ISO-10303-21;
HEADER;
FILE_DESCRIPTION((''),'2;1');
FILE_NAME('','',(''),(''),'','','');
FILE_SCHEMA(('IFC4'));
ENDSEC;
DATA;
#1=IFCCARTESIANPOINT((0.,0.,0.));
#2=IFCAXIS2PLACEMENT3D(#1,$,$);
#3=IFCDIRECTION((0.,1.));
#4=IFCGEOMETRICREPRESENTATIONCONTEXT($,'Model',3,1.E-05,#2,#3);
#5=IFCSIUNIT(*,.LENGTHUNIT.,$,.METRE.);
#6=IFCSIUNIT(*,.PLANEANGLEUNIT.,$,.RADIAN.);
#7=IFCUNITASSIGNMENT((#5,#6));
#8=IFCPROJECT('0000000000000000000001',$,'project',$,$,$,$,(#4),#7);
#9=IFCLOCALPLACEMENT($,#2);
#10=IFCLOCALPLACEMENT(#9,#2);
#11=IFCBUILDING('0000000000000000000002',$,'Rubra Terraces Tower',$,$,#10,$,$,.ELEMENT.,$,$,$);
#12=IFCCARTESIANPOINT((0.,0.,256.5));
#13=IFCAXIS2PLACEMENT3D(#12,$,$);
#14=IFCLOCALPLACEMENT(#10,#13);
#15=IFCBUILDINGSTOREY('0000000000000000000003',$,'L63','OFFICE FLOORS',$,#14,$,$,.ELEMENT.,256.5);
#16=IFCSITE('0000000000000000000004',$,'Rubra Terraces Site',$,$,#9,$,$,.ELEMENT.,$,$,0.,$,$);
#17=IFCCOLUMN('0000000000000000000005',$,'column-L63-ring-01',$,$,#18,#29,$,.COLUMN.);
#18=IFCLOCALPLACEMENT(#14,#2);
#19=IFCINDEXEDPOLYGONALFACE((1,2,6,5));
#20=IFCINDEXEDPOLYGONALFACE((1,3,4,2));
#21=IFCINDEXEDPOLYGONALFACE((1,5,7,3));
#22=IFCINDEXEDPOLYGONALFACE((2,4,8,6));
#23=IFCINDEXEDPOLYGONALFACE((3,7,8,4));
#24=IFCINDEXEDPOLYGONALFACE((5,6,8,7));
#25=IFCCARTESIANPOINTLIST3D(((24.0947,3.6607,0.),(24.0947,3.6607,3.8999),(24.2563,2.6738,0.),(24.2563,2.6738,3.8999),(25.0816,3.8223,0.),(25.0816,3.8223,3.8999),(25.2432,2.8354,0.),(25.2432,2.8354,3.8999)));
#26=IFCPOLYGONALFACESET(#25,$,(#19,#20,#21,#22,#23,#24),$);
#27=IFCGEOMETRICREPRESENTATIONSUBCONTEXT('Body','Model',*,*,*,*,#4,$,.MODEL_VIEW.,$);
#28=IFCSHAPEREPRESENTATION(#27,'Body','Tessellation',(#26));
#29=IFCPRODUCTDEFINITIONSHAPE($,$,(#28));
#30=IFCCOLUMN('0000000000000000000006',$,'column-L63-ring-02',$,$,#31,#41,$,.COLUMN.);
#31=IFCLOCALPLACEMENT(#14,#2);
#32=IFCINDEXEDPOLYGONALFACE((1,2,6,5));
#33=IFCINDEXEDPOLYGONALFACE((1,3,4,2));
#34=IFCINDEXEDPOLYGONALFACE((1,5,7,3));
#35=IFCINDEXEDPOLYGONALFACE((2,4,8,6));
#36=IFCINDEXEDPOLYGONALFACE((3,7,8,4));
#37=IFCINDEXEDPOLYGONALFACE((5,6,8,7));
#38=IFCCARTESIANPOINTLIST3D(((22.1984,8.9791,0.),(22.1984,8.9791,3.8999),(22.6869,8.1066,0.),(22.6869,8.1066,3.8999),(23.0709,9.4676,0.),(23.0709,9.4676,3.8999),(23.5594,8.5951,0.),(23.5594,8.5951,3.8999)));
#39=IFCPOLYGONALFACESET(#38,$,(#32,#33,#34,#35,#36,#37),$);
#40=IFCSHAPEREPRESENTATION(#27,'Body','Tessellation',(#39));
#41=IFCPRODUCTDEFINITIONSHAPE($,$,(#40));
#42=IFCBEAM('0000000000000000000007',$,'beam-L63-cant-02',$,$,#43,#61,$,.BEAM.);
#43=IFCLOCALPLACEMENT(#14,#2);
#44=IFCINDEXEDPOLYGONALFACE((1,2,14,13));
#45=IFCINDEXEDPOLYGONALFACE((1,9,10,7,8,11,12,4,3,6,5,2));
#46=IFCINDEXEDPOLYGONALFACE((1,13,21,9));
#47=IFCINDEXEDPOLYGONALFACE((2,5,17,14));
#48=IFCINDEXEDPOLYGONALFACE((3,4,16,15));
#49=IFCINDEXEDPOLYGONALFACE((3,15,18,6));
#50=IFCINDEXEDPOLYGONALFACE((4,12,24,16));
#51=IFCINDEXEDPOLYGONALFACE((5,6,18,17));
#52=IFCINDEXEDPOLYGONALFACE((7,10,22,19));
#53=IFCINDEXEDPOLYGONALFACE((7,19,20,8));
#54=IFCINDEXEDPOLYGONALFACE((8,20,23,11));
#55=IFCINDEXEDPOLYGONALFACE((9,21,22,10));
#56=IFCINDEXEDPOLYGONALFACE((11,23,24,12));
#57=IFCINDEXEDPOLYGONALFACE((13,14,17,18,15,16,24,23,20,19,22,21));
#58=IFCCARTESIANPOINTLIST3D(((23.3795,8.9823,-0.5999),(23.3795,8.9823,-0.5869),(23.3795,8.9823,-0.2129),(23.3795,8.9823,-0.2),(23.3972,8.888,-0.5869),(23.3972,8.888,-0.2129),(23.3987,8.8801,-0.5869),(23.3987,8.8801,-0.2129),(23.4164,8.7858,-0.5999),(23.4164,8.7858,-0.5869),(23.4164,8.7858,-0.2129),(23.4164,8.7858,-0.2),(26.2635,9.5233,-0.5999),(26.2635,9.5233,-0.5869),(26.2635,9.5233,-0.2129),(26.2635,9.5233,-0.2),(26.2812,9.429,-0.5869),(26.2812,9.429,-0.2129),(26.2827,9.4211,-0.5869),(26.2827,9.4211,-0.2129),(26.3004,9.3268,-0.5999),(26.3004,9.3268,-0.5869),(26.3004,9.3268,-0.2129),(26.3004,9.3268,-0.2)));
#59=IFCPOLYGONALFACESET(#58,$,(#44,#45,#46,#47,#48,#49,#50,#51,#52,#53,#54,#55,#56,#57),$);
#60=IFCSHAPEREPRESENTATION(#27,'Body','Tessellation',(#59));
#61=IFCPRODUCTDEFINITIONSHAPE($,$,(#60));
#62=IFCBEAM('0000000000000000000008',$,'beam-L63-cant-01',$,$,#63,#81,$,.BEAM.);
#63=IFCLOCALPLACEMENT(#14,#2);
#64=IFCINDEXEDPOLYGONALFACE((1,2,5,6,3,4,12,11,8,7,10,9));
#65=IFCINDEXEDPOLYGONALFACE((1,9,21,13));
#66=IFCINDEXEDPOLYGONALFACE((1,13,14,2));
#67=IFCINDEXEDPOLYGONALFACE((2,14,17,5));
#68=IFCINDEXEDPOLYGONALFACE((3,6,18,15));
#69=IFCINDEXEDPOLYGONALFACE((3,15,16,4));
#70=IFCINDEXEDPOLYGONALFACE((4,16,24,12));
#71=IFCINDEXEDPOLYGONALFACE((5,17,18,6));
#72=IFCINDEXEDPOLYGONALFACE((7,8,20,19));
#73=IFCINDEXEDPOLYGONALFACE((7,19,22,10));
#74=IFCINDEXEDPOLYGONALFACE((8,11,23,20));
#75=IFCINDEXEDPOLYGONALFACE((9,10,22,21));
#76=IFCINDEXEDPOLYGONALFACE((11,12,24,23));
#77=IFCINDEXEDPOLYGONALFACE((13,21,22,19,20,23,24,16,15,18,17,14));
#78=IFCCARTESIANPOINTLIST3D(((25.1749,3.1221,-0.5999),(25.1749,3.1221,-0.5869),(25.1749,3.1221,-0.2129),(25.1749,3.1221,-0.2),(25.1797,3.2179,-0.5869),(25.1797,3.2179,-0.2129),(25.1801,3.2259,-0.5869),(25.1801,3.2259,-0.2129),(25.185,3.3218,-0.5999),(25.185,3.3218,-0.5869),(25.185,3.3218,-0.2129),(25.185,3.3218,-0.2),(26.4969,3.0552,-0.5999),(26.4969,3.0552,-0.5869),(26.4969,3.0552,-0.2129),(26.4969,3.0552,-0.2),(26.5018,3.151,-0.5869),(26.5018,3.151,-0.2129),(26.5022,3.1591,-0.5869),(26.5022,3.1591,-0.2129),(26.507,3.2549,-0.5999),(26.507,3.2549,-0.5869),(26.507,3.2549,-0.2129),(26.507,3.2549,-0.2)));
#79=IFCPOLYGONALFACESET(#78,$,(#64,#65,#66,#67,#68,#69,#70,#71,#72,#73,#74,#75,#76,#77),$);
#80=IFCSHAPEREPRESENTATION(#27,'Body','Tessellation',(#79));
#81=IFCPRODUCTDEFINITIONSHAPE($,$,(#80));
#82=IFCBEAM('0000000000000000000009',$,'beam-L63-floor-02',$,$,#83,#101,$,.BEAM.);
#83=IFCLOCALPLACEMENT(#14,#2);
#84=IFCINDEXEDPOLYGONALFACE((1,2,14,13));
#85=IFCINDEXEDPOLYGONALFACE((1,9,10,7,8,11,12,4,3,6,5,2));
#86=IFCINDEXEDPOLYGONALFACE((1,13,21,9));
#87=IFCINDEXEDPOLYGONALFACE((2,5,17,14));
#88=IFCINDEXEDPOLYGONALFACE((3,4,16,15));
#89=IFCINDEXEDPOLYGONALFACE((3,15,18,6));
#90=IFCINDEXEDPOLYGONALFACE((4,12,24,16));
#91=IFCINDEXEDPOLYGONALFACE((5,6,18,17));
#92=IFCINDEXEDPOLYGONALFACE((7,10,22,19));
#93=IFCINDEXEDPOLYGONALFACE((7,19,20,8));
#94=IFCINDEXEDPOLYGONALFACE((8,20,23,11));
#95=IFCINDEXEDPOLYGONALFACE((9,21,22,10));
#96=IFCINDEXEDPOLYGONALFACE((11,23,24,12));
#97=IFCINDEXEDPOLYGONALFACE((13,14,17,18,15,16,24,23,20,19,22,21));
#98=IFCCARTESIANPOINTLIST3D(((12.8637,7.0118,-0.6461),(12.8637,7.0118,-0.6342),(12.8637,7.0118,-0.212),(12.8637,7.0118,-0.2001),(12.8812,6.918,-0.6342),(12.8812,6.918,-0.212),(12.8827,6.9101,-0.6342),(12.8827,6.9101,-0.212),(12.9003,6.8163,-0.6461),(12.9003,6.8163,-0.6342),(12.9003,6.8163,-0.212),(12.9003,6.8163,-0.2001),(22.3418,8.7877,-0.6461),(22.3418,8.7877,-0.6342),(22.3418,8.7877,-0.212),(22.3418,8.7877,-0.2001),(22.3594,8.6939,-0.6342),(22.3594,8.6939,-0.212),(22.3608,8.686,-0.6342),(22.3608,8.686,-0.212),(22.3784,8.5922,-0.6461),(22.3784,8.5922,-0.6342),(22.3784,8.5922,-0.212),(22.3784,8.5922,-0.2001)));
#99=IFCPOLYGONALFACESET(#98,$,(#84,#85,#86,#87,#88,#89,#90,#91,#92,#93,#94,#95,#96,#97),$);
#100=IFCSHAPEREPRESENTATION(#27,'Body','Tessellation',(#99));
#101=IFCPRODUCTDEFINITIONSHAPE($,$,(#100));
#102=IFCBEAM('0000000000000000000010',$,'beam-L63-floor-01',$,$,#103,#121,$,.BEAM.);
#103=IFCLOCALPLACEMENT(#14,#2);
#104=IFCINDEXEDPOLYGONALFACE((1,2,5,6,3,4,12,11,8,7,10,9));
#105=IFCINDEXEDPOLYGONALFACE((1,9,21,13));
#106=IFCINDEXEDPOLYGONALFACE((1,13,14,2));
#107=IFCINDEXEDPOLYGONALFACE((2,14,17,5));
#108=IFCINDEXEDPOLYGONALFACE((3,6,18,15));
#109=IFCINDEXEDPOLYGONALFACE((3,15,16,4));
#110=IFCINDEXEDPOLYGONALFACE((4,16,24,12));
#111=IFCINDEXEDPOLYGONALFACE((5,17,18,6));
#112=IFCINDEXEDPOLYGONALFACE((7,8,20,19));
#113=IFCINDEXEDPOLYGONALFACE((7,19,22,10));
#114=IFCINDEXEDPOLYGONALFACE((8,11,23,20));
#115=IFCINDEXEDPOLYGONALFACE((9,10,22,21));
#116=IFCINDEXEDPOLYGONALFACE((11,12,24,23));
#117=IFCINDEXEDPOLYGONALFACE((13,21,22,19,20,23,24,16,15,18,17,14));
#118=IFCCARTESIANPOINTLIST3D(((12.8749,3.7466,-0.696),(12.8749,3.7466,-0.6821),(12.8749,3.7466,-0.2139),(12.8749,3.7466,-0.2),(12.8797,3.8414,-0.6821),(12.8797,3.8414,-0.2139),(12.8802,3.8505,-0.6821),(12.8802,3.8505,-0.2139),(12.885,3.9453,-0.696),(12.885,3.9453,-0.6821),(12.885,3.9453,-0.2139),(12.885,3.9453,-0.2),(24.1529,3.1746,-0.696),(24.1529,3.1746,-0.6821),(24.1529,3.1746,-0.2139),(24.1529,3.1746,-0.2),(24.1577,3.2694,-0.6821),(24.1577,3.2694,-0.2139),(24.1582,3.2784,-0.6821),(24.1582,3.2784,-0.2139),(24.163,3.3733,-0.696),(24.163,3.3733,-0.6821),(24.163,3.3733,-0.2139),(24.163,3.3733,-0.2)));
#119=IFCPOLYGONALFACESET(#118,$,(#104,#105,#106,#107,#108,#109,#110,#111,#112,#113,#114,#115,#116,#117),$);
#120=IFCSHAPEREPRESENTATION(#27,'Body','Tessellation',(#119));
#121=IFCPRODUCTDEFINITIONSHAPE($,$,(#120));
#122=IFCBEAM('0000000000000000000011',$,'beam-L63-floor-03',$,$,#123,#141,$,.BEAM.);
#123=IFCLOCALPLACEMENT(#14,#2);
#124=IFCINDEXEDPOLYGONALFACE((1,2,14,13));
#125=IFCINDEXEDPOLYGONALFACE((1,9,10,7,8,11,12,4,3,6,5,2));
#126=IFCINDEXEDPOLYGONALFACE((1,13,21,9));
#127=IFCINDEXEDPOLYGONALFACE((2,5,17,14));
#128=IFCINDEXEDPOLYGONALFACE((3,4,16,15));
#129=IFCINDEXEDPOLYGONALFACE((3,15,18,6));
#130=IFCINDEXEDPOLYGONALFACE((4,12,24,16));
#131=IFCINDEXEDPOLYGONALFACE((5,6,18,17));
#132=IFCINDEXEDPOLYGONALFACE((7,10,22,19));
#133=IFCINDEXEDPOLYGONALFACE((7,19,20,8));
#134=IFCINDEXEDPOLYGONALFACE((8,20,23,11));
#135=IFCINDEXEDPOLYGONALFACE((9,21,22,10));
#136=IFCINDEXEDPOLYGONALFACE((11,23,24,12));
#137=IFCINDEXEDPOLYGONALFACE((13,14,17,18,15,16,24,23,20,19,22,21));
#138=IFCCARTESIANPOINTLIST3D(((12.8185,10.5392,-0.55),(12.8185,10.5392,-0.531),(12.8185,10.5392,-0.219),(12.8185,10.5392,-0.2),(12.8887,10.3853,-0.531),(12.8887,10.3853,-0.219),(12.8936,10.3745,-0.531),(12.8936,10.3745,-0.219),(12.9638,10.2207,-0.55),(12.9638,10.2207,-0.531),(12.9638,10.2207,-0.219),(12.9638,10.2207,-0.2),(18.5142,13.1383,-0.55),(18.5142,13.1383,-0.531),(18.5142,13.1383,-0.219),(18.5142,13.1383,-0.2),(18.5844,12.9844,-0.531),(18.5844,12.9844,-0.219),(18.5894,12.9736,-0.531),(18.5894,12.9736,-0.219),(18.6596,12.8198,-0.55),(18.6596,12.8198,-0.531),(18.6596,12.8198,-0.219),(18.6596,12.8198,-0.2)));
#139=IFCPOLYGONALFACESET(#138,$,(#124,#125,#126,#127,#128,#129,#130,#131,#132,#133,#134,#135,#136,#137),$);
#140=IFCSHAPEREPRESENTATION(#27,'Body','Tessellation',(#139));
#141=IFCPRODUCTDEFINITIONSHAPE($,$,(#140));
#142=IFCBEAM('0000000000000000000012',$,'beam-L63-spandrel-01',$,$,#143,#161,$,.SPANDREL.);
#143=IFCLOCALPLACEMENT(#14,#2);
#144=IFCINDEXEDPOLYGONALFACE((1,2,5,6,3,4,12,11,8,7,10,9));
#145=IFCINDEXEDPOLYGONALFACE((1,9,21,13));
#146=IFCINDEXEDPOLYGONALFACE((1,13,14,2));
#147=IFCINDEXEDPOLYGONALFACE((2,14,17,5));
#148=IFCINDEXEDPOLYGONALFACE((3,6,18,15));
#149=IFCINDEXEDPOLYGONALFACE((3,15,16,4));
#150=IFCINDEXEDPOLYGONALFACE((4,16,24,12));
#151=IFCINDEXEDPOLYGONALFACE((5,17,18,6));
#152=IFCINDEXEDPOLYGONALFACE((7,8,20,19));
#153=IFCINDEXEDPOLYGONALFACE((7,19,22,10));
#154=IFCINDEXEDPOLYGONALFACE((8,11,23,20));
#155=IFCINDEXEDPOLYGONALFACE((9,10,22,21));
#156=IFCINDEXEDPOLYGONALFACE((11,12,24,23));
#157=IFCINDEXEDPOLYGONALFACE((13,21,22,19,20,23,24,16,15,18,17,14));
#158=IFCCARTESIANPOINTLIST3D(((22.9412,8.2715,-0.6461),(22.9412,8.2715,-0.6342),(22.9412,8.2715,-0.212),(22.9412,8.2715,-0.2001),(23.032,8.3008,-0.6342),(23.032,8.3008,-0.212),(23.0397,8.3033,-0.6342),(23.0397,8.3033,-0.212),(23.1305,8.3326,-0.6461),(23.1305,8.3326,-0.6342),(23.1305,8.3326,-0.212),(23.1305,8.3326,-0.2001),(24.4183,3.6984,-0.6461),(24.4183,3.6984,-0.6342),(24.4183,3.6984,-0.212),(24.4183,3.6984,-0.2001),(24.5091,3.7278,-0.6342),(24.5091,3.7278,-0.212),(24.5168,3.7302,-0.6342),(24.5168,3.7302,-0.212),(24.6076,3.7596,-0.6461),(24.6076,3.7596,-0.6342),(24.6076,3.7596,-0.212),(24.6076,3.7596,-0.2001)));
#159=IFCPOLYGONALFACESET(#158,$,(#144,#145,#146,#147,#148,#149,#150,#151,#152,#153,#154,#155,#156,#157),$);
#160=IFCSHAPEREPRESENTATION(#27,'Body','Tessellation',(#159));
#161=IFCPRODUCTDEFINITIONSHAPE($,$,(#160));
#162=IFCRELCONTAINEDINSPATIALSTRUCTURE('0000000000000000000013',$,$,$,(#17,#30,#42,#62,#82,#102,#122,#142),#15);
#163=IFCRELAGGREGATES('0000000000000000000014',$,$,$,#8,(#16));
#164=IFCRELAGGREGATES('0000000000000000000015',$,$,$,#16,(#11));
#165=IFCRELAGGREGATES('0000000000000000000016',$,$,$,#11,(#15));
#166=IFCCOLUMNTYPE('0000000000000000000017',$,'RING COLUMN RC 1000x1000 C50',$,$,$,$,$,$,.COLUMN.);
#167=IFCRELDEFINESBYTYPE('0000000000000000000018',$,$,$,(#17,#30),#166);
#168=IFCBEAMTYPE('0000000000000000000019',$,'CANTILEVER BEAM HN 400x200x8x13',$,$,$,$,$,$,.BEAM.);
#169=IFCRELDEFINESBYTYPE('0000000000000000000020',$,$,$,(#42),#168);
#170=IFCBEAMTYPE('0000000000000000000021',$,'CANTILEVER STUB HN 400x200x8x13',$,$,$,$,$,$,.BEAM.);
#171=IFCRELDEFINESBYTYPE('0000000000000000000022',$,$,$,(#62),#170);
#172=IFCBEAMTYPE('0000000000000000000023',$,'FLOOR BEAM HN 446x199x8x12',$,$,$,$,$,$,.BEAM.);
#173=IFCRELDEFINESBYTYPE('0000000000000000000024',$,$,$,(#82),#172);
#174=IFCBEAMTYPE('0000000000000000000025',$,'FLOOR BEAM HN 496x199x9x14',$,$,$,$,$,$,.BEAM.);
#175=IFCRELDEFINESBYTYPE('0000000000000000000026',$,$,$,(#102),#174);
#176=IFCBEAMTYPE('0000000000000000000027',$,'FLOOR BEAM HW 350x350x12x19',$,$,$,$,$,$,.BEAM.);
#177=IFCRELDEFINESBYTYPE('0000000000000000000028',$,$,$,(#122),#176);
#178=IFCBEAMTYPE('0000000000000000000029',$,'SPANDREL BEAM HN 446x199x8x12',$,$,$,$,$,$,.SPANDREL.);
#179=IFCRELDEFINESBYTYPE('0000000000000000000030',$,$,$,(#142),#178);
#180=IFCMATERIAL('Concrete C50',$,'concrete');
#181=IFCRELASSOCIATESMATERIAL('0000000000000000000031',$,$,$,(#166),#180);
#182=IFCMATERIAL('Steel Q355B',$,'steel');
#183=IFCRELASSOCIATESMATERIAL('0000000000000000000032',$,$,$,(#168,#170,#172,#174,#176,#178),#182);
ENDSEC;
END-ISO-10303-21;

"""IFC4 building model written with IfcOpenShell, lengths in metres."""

from ifc_helpers import new_model, si_unit, direction, frame, origin, origin_2d, place, context, subcontext, project, spatial, rectangle, i_section, extrude, material, material_profile, profile_set, type_object, element, save


model = new_model("IFC4")

# Units and contexts
model_context = context("Model", 3, precision=1e-05, world=origin(), true_north=direction((0.0, 1.0)))
body_context = subcontext(model_context, "Body", "Model", "MODEL_VIEW")
ifc_project = project(units=[si_unit("LENGTHUNIT", "METRE"), si_unit("PLANEANGLEUNIT", "RADIAN")], contexts=[model_context])

# Site, building, storey
site_placement = place(None, origin())
site = spatial("IfcSite", under=ifc_project, at=site_placement, Name="Rubra Terraces Site", CompositionType="ELEMENT", RefElevation=0.0)
building_placement = place(site_placement, origin())
building = spatial("IfcBuilding", under=site, at=building_placement, Name="Rubra Terraces Tower", CompositionType="ELEMENT")
storey_placement = place(building_placement, frame((0.0, 0.0, 256.5)))
storey = spatial("IfcBuildingStorey", under=building, at=storey_placement, Name="L63", Description="OFFICE FLOORS", CompositionType="ELEMENT", Elevation=256.5)

# Columns
ifc_material_1 = material(Name="Concrete C50", Category="concrete")
ifc_material_profile_1 = material_profile(ifc_material_1, rectangle(XDim=1.0, YDim=1.0, at=origin_2d()), Name="RC 1000x1000")
ifc_profile_set_1 = profile_set([ifc_material_profile_1], Name="Concrete C50")
column_type = type_object("IfcColumnType", Name="RING COLUMN RC 1000x1000 C50", PredefinedType="COLUMN", material=ifc_profile_set_1)
for number, where, z_axis, x_axis, name in (
    (1, (24.6689, 3.248, 0.0), (0.0, 0.0, 1.0), (-0.161559, 0.986863, 0.0), "column-L63-ring-01"),
    (2, (22.8789, 8.7871, 0.0), (0.0, 0.0, 1.0), (-0.488526, 0.872549, 0.0), "column-L63-ring-02"),
):
    element("IfcColumn", number, at=place(storey_placement, frame(where, z_axis=z_axis, x_axis=x_axis)), inside=storey, type_object=column_type, Name=name, PredefinedType="COLUMN", context=body_context, shape_type="SweptSolid", body=[
        extrude(rectangle(XDim=1.0, YDim=1.0, at=origin_2d()), origin(), (0.0, 0.0, 1.0), 3.8999),
    ])

# Beams
ifc_material_2 = material(Name="Steel Q355B", Category="steel")
ifc_material_profile_2 = material_profile(ifc_material_2, i_section(OverallWidth=0.2, OverallDepth=0.3999, WebThickness=0.0081, FlangeThickness=0.0129, at=origin_2d()), Name="HN 400x200x8x13")
ifc_profile_set_2 = profile_set([ifc_material_profile_2], Name="Steel Q355B")
beam_type_1 = type_object("IfcBeamType", Name="CANTILEVER BEAM HN 400x200x8x13", PredefinedType="BEAM", material=ifc_profile_set_2)
beam_1_placement = place(storey_placement, frame((23.3979, 8.884, -0.3999), z_axis=(0.982856, 0.184374, 0.0), x_axis=(-0.184374, 0.982856, 0.0)))
element("IfcBeam", 3, at=beam_1_placement, inside=storey, type_object=beam_type_1, Name="beam-L63-cant-02", PredefinedType="BEAM", context=body_context, shape_type="SweptSolid", body=[
    extrude(i_section(OverallWidth=0.2, OverallDepth=0.3999, WebThickness=0.0081, FlangeThickness=0.0129, at=origin_2d()), origin(), (0.0, 0.0, 1.0), 2.9343),
])
ifc_material_profile_3 = material_profile(ifc_material_2, i_section(OverallWidth=0.2, OverallDepth=0.3999, WebThickness=0.0081, FlangeThickness=0.0129, at=origin_2d()), Name="HN 400x200x8x13")
ifc_profile_set_3 = profile_set([ifc_material_profile_3], Name="Steel Q355B")
beam_type_2 = type_object("IfcBeamType", Name="CANTILEVER STUB HN 400x200x8x13", PredefinedType="BEAM", material=ifc_profile_set_3)
beam_2_placement = place(storey_placement, frame((25.1799, 3.2219, -0.3999), z_axis=(0.998722, -0.050536, 0.0), x_axis=(0.050536, 0.998722, 0.0)))
element("IfcBeam", 4, at=beam_2_placement, inside=storey, type_object=beam_type_2, Name="beam-L63-cant-01", PredefinedType="BEAM", context=body_context, shape_type="SweptSolid", body=[
    extrude(i_section(OverallWidth=0.2, OverallDepth=0.3999, WebThickness=0.0081, FlangeThickness=0.0129, at=origin_2d()), origin(), (0.0, 0.0, 1.0), 1.3237),
])
ifc_material_profile_4 = material_profile(ifc_material_2, i_section(OverallWidth=0.199, OverallDepth=0.446, WebThickness=0.0081, FlangeThickness=0.012, at=origin_2d()), Name="HN 446x199x8x12")
ifc_profile_set_4 = profile_set([ifc_material_profile_4], Name="Steel Q355B")
beam_type_3 = type_object("IfcBeamType", Name="FLOOR BEAM HN 446x199x8x12", PredefinedType="BEAM", material=ifc_profile_set_4)
beam_3_placement = place(storey_placement, frame((22.3601, 8.6899, -0.4231), z_axis=(-0.982896, -0.184163, 0.0), x_axis=(0.184163, -0.982896, 0.0)))
element("IfcBeam", 5, at=beam_3_placement, inside=storey, type_object=beam_type_3, Name="beam-L63-floor-02", PredefinedType="BEAM", context=body_context, shape_type="SweptSolid", body=[
    extrude(i_section(OverallWidth=0.199, OverallDepth=0.446, WebThickness=0.0081, FlangeThickness=0.012, at=origin_2d()), origin(), (0.0, 0.0, 1.0), 9.6431),
])
ifc_material_profile_5 = material_profile(ifc_material_2, i_section(OverallWidth=0.199, OverallDepth=0.4961, WebThickness=0.009, FlangeThickness=0.0139, at=origin_2d()), Name="HN 496x199x9x14")
ifc_profile_set_5 = profile_set([ifc_material_profile_5], Name="Steel Q355B")
beam_type_4 = type_object("IfcBeamType", Name="FLOOR BEAM HN 496x199x9x14", PredefinedType="BEAM", material=ifc_profile_set_5)
beam_4_placement = place(storey_placement, frame((24.158, 3.2739, -0.448), z_axis=(-0.998716, 0.050655, 0.0), x_axis=(-0.050655, -0.998716, 0.0)))
element("IfcBeam", 6, at=beam_4_placement, inside=storey, type_object=beam_type_4, Name="beam-L63-floor-01", PredefinedType="BEAM", context=body_context, shape_type="SweptSolid", body=[
    extrude(i_section(OverallWidth=0.199, OverallDepth=0.4961, WebThickness=0.009, FlangeThickness=0.0139, at=origin_2d()), origin(), (0.0, 0.0, 1.0), 11.2925),
])
ifc_material_profile_6 = material_profile(ifc_material_2, i_section(OverallWidth=0.3501, OverallDepth=0.3501, WebThickness=0.012, FlangeThickness=0.019, at=origin_2d()), Name="HW 350x350x12x19")
ifc_profile_set_6 = profile_set([ifc_material_profile_6], Name="Steel Q355B")
beam_type_5 = type_object("IfcBeamType", Name="FLOOR BEAM HW 350x350x12x19", PredefinedType="BEAM", material=ifc_profile_set_6)
beam_5_placement = place(storey_placement, frame((18.5869, 12.979, -0.375), z_axis=(-0.909757, -0.415142, 0.0), x_axis=(0.415142, -0.909757, 0.0)))
element("IfcBeam", 7, at=beam_5_placement, inside=storey, type_object=beam_type_5, Name="beam-L63-floor-03", PredefinedType="BEAM", context=body_context, shape_type="SweptSolid", body=[
    extrude(i_section(OverallWidth=0.3501, OverallDepth=0.3501, WebThickness=0.012, FlangeThickness=0.019, at=origin_2d()), origin(), (0.0, 0.0, 1.0), 6.2607),
])
ifc_material_profile_7 = material_profile(ifc_material_2, i_section(OverallWidth=0.199, OverallDepth=0.446, WebThickness=0.0081, FlangeThickness=0.012, at=origin_2d()), Name="HN 446x199x8x12")
ifc_profile_set_7 = profile_set([ifc_material_profile_7], Name="Steel Q355B")
beam_type_6 = type_object("IfcBeamType", Name="SPANDREL BEAM HN 446x199x8x12", PredefinedType="SPANDREL", material=ifc_profile_set_7)
beam_6_placement = place(storey_placement, frame((24.5129, 3.729, -0.4231), z_axis=(-0.307359, 0.951594, 0.0), x_axis=(-0.951594, -0.307359, 0.0)))
element("IfcBeam", 8, at=beam_6_placement, inside=storey, type_object=beam_type_6, Name="beam-L63-spandrel-01", PredefinedType="SPANDREL", context=body_context, shape_type="SweptSolid", body=[
    extrude(i_section(OverallWidth=0.199, OverallDepth=0.446, WebThickness=0.0081, FlangeThickness=0.012, at=origin_2d()), origin(), (0.0, 0.0, 1.0), 4.8057),
])

save(model, "model.ifc")
